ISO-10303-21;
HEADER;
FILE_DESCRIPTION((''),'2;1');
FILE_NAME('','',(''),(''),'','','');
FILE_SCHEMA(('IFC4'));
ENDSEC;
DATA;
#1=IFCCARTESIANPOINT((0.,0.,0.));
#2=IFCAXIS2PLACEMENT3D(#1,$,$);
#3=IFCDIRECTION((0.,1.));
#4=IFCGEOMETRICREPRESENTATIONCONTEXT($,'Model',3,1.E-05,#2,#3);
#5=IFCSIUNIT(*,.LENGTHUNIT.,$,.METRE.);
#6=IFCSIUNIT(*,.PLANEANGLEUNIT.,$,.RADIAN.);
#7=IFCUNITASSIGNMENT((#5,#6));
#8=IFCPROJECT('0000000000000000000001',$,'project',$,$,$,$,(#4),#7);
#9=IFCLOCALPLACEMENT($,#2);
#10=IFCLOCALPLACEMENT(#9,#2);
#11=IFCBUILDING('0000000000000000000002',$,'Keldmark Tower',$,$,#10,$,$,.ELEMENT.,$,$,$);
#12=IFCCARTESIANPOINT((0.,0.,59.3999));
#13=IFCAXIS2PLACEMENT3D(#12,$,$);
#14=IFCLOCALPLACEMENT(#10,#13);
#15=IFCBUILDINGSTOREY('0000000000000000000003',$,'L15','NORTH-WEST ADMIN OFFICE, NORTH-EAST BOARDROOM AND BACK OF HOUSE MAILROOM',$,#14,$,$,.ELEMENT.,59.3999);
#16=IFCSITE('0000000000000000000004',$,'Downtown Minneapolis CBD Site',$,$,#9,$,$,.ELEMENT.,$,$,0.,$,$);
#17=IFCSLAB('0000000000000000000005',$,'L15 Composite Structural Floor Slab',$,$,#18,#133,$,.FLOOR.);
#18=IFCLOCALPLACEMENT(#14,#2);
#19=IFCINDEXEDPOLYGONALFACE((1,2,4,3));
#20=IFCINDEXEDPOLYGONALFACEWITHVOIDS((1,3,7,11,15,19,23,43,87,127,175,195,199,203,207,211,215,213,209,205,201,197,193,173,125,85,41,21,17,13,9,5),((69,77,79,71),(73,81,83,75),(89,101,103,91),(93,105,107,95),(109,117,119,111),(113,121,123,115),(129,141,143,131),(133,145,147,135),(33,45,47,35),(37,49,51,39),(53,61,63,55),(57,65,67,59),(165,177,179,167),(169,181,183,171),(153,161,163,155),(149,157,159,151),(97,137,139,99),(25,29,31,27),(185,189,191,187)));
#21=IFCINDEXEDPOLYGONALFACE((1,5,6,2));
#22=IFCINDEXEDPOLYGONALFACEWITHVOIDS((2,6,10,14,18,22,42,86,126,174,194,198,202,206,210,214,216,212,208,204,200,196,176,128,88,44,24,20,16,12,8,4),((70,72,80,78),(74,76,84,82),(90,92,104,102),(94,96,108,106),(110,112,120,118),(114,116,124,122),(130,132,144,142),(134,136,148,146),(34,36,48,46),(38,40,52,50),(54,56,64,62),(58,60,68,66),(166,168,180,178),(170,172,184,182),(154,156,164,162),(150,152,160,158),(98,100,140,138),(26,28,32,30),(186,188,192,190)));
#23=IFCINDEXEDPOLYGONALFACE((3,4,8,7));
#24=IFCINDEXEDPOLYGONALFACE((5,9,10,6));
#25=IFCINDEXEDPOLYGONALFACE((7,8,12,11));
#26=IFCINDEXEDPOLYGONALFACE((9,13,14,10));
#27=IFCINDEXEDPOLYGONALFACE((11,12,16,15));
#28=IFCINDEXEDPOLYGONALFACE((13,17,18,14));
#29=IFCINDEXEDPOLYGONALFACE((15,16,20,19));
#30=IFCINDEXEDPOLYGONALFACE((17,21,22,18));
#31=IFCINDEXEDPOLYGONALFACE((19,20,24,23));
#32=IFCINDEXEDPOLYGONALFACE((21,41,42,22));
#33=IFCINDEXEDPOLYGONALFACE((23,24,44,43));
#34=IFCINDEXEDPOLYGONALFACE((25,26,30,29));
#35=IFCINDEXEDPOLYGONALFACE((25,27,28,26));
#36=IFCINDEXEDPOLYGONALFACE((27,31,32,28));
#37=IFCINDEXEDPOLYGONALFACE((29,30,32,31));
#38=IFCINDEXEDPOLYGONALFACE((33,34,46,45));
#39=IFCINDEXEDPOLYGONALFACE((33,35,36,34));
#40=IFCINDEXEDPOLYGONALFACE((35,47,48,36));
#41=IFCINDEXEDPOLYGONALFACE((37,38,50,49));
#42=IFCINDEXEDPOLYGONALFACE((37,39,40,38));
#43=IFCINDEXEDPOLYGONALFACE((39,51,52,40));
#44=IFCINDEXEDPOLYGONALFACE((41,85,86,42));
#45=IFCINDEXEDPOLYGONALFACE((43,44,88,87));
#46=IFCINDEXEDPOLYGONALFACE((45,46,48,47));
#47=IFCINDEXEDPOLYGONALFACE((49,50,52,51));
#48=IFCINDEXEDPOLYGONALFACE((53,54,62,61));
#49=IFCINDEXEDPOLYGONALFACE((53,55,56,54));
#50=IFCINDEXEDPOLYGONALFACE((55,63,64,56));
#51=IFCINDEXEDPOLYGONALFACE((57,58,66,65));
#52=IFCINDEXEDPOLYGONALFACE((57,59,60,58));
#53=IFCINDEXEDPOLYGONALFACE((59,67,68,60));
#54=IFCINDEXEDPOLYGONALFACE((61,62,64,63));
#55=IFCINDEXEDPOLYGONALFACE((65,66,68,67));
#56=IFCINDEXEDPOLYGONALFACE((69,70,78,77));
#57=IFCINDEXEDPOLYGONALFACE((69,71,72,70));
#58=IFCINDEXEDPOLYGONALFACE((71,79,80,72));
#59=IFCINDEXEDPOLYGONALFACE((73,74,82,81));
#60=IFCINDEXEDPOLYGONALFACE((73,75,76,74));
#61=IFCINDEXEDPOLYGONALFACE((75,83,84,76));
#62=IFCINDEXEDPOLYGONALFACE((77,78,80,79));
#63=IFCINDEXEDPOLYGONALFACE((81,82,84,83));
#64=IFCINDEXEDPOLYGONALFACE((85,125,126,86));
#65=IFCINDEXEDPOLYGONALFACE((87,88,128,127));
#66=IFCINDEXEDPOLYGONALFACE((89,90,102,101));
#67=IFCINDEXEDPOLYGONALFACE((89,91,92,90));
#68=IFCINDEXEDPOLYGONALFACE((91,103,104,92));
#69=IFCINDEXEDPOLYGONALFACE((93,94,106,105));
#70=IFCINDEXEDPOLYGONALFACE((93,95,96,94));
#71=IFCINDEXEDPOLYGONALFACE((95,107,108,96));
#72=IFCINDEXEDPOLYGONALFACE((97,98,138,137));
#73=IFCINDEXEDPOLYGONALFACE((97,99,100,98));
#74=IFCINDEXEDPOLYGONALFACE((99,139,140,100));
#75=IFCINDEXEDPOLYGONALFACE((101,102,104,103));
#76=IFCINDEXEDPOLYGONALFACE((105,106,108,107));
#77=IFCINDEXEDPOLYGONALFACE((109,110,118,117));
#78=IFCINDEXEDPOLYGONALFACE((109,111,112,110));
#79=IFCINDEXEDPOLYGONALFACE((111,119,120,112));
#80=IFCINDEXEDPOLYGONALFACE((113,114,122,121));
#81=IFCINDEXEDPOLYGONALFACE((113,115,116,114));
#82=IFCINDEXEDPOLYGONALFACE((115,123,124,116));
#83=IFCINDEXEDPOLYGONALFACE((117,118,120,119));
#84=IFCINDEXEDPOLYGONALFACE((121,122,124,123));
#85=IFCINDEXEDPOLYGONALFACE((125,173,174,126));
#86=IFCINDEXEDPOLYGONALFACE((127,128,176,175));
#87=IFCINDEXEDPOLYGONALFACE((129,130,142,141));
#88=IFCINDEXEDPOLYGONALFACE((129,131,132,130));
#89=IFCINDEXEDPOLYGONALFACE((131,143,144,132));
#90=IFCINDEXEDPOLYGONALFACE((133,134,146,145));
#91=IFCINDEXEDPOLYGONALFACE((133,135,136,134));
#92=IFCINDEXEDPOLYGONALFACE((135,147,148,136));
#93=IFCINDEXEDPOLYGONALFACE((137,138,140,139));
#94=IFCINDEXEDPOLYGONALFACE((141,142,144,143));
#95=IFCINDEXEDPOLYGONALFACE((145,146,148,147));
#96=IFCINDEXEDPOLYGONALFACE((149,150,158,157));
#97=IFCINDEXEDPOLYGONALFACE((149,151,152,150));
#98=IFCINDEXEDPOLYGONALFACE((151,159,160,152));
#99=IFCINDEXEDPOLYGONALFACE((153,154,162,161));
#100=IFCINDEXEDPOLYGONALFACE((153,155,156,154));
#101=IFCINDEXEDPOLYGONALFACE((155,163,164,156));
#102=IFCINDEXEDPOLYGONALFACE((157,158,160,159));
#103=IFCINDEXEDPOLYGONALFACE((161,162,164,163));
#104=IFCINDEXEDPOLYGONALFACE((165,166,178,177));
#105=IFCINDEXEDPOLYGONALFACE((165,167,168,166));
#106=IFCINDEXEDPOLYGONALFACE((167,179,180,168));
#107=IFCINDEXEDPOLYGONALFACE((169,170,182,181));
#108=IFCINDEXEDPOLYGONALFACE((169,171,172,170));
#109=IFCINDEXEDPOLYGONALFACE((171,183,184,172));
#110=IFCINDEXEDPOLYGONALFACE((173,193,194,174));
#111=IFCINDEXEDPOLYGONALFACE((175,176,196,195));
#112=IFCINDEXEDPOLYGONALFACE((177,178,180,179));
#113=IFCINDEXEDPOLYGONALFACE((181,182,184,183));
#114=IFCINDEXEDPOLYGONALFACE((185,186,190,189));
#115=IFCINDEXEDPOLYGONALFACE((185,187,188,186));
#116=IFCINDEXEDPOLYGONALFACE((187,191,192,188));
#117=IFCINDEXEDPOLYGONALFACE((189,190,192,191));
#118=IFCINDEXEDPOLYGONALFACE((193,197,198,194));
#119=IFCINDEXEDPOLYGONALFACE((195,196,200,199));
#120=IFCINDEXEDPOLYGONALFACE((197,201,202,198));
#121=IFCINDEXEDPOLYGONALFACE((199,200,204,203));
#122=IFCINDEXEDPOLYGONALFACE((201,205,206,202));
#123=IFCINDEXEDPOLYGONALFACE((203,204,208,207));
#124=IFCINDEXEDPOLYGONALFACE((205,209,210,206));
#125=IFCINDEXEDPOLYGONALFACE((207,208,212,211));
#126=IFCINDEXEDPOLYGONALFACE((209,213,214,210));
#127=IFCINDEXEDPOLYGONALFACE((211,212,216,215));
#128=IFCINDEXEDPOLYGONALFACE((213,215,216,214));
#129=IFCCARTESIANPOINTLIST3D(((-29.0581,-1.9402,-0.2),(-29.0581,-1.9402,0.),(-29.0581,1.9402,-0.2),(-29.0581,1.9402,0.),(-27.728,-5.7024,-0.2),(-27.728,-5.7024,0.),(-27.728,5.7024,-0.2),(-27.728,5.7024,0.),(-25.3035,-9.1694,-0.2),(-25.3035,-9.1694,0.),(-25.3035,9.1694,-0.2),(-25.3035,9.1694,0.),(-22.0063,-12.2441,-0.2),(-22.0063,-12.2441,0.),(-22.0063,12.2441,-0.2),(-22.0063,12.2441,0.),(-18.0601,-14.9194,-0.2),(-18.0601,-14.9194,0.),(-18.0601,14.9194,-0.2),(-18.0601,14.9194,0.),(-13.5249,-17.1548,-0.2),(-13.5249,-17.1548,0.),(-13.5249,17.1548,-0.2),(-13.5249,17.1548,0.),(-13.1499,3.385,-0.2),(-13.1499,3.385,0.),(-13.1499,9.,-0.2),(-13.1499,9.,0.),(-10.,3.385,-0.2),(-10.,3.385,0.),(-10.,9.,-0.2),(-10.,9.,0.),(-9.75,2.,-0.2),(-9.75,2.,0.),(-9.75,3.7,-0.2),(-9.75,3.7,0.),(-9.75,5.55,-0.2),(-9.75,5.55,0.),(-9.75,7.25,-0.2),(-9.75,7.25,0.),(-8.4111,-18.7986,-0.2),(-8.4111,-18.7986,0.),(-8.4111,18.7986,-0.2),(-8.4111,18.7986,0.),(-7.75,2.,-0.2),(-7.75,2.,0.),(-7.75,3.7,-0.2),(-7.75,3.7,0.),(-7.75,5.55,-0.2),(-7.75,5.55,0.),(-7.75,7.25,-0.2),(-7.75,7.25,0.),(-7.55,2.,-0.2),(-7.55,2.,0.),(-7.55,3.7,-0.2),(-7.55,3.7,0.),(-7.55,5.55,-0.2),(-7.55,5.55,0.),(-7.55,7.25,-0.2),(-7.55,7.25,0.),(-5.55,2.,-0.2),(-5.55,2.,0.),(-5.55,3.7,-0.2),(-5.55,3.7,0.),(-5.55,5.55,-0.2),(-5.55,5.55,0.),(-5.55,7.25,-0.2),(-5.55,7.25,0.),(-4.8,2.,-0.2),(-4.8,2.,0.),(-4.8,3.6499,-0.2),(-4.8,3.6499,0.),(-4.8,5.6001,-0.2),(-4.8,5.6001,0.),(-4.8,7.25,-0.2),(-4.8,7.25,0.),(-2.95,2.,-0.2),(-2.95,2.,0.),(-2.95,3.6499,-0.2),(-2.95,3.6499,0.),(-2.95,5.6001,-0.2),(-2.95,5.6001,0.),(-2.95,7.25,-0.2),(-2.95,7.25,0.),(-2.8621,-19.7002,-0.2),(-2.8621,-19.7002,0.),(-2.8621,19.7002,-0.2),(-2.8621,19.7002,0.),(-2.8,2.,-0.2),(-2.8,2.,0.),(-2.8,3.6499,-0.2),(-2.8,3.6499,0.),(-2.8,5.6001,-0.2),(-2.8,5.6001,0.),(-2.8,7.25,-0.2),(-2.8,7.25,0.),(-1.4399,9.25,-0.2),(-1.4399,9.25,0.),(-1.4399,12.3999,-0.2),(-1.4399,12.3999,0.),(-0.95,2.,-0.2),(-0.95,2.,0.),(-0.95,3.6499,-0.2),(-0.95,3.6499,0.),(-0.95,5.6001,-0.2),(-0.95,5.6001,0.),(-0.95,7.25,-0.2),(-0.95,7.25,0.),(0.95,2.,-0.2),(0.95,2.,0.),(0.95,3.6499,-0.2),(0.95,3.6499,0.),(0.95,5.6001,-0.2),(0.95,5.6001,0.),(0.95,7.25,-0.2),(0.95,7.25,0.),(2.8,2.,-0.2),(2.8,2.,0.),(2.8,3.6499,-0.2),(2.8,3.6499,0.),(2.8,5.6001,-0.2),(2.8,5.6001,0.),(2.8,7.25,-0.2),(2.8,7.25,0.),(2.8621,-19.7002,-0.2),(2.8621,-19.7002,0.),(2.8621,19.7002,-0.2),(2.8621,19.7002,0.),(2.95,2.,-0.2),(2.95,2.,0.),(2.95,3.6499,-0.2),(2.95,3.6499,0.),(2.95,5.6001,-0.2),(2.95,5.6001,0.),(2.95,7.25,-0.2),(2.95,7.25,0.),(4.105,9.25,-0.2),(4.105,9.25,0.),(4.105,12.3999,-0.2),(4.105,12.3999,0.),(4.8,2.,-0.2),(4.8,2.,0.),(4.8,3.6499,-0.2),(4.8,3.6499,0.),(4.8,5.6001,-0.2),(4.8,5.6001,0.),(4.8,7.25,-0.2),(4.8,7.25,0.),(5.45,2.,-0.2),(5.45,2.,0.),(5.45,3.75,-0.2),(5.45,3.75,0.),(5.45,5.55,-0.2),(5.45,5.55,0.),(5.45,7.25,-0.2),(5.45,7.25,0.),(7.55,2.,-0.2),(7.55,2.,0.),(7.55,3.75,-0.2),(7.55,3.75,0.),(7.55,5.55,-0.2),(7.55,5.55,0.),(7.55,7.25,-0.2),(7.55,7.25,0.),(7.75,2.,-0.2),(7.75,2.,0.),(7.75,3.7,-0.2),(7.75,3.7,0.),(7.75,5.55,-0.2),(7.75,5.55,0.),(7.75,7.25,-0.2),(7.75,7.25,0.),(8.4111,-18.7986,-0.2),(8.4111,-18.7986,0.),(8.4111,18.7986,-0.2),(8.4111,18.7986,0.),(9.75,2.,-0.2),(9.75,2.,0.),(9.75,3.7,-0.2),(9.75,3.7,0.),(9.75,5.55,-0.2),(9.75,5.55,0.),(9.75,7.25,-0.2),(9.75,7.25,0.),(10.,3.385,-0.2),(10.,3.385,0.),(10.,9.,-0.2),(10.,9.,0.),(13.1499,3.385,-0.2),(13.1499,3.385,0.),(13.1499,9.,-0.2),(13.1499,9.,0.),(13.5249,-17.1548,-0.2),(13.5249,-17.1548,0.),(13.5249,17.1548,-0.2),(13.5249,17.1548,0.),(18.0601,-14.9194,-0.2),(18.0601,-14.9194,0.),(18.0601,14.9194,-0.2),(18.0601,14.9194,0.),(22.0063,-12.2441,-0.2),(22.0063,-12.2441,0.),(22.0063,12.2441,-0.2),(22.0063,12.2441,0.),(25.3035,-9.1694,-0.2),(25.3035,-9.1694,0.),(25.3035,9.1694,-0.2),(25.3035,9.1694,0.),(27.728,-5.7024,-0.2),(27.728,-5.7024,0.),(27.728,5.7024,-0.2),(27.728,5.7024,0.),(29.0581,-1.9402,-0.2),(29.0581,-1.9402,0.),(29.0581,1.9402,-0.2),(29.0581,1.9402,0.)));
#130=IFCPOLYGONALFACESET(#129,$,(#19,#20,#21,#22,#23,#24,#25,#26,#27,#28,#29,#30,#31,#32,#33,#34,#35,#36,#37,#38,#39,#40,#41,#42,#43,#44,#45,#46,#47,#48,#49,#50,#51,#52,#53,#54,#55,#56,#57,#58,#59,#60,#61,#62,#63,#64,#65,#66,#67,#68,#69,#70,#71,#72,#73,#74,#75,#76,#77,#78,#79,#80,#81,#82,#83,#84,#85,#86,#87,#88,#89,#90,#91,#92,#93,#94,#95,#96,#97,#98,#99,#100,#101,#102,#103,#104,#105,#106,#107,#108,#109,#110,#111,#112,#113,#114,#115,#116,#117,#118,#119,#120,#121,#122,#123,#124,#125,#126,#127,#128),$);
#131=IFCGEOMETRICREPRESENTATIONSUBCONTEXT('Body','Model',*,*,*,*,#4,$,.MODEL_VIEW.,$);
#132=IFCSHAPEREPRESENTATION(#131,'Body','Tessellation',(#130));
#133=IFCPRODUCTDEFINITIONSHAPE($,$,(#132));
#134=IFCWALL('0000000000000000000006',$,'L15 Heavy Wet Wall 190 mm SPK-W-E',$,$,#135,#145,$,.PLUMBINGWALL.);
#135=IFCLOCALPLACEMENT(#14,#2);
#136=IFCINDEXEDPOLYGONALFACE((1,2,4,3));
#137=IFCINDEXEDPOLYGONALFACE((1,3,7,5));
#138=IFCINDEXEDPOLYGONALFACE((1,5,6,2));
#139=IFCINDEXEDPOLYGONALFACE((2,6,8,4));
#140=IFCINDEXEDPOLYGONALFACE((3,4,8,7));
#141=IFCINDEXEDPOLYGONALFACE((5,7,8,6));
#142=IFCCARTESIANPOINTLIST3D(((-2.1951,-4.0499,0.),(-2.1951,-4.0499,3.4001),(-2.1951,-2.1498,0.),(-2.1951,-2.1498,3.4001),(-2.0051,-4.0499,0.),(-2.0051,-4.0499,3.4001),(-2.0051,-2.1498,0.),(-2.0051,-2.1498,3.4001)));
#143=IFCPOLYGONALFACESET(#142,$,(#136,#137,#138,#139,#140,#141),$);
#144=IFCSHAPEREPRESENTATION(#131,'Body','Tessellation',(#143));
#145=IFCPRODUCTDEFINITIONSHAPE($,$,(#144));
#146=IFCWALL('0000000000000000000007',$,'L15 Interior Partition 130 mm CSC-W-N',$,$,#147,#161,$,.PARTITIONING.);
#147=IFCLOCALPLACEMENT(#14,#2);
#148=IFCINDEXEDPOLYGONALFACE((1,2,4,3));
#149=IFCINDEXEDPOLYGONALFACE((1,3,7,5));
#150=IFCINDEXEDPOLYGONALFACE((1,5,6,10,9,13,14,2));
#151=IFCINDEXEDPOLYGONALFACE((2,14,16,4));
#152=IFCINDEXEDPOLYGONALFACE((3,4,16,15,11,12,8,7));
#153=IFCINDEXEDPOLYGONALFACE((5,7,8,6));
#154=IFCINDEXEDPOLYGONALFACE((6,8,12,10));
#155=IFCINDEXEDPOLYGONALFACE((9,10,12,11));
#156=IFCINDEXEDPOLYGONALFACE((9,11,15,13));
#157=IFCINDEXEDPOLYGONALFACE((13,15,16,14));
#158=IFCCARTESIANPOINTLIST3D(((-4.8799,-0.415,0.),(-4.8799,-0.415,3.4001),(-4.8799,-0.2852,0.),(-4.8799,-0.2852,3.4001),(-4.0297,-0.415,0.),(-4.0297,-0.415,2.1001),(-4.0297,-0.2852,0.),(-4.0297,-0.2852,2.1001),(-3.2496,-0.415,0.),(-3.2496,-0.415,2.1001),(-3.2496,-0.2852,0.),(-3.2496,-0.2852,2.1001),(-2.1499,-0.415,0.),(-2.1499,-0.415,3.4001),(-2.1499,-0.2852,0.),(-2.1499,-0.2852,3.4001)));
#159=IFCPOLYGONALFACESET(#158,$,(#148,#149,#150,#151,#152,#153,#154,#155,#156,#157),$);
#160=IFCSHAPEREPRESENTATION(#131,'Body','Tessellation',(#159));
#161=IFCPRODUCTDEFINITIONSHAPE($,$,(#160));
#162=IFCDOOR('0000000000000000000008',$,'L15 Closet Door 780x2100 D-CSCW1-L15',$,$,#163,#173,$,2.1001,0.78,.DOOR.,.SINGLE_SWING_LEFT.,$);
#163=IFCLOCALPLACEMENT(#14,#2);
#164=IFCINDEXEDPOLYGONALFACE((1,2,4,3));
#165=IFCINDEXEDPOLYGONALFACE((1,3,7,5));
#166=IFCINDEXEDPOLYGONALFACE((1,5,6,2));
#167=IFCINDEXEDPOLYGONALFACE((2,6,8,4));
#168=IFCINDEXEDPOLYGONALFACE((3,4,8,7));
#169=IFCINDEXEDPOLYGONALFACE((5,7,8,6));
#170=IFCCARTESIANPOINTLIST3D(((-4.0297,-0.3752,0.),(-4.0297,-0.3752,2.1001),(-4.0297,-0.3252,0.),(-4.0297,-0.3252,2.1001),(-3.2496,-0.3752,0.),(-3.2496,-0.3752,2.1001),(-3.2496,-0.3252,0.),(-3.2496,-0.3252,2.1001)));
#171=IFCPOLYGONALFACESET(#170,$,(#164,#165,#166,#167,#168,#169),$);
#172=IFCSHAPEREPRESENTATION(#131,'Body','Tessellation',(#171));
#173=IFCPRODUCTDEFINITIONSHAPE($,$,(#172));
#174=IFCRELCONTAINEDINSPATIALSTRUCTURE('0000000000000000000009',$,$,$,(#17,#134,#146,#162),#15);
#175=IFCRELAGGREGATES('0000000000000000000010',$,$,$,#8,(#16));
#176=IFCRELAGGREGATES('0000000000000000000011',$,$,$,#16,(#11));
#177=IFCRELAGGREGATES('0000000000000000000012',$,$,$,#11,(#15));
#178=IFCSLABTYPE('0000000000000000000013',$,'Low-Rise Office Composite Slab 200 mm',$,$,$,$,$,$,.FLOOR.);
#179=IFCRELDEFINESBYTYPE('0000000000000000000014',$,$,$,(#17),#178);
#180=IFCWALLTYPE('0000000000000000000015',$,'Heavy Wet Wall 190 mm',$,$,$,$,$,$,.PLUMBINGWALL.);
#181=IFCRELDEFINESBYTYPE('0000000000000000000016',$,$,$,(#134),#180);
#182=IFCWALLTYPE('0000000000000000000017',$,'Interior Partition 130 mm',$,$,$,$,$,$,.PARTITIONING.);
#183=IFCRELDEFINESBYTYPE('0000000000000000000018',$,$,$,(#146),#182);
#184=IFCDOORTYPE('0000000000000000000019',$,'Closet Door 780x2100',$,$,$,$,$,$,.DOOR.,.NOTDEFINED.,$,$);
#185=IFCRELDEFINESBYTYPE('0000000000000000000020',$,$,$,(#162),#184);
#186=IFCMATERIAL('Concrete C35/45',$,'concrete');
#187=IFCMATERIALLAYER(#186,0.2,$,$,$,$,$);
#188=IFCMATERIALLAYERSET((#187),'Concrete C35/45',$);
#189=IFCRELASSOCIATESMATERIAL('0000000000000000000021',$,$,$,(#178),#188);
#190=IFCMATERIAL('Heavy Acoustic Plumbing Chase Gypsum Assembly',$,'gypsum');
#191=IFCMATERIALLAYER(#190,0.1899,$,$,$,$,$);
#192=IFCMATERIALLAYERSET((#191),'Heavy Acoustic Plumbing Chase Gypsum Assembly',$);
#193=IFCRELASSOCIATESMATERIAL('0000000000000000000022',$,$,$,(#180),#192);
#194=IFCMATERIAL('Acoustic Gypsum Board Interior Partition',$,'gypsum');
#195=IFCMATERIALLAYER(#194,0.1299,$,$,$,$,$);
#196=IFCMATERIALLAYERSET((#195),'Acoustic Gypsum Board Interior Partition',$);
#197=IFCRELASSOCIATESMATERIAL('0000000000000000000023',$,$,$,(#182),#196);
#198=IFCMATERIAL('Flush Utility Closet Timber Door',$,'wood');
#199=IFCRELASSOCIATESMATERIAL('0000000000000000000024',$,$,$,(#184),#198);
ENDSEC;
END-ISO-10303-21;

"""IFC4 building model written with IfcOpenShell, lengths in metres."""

from ifc_helpers import new_model, si_unit, direction, frame, frame_2d, origin, place, context, subcontext, project, spatial, polyline, rectangle, outline, extrude, material, layer, layer_set, type_object, element, fill, save


model = new_model("IFC4")

# Units and contexts
model_context = context("Model", 3, precision=1e-05, world=origin(), true_north=direction((0.0, 1.0)))
body_context = subcontext(model_context, "Body", "Model", "MODEL_VIEW")
ifc_project = project(units=[si_unit("LENGTHUNIT", "METRE"), si_unit("PLANEANGLEUNIT", "RADIAN")], contexts=[model_context])

# Site, building, storey
site_placement = place(None, origin())
site = spatial("IfcSite", under=ifc_project, at=site_placement, Name="Downtown Minneapolis CBD Site", CompositionType="ELEMENT", RefElevation=0.0)
building_placement = place(site_placement, origin())
building = spatial("IfcBuilding", under=site, at=building_placement, Name="Keldmark Tower", CompositionType="ELEMENT")
storey_placement = place(building_placement, frame((0.0, 0.0, 59.3999)))
storey = spatial("IfcBuildingStorey", under=building, at=storey_placement, Name="L15", Description="NORTH-WEST ADMIN OFFICE, NORTH-EAST BOARDROOM AND BACK OF HOUSE MAILROOM", CompositionType="ELEMENT", Elevation=59.3999)

# Slab
ifc_material_1 = material(Name="Concrete C35/45", Category="concrete")
ifc_layer_1 = layer(ifc_material_1, 0.2)
ifc_layer_set_1 = layer_set([ifc_layer_1], Name="Concrete C35/45")
slab_type = type_object("IfcSlabType", Name="Low-Rise Office Composite Slab 200 mm", PredefinedType="FLOOR", material=ifc_layer_set_1)
slab_placement = place(storey_placement, frame((0.0, 0.0, -0.2)))
element("IfcSlab", 1, at=slab_placement, inside=storey, type_object=slab_type, Name="L15 Composite Structural Floor Slab", PredefinedType="FLOOR", context=body_context, shape_type="SweptSolid", body=[
    extrude(outline(polyline([(29.0581, 1.9402), (27.728, 5.7024), (25.3035, 9.1694), (22.0063, 12.2441), (18.0601, 14.9194), (13.5249, 17.1548), (8.4111, 18.7986), (2.8621, 19.7002), (-2.8621, 19.7002), (-8.4111, 18.7986), (-13.5249, 17.1548), (-18.0601, 14.9194), (-22.0063, 12.2441), (-25.3035, 9.1694), (-27.728, 5.7024), (-29.0581, 1.9402), (-29.0581, -1.9402), (-27.728, -5.7024), (-25.3035, -9.1694), (-22.0063, -12.2441), (-18.0601, -14.9194), (-13.5249, -17.1548), (-8.4111, -18.7986), (-2.8621, -19.7002), (2.8621, -19.7002), (8.4111, -18.7986), (13.5249, -17.1548), (18.0601, -14.9194), (22.0063, -12.2441), (25.3035, -9.1694), (27.728, -5.7024), (29.0581, -1.9402), (29.0581, 1.9402)]), holes=[polyline([(-10.0, 3.385), (-10.0, 9.0), (-13.1499, 9.0), (-13.1499, 3.385), (-10.0, 3.385)]), polyline([(13.1499, 3.385), (13.1499, 9.0), (10.0, 9.0), (10.0, 3.385), (13.1499, 3.385)]), polyline([(-1.4399, 9.25), (4.105, 9.25), (4.105, 12.3999), (-1.4399, 12.3999), (-1.4399, 9.25)]), polyline([(-9.75, 2.0), (-7.75, 2.0), (-7.75, 3.7), (-9.75, 3.7), (-9.75, 2.0)]), polyline([(7.75, 2.0), (9.75, 2.0), (9.75, 3.7), (7.75, 3.7), (7.75, 2.0)]), polyline([(5.45, 2.0), (7.55, 2.0), (7.55, 3.75), (5.45, 3.75), (5.45, 2.0)]), polyline([(-4.8, 2.0), (-2.95, 2.0), (-2.95, 3.6499), (-4.8, 3.6499), (-4.8, 2.0)]), polyline([(-2.8, 2.0), (-0.95, 2.0), (-0.95, 3.6499), (-2.8, 3.6499), (-2.8, 2.0)]), polyline([(0.95, 2.0), (2.8, 2.0), (2.8, 3.6499), (0.95, 3.6499), (0.95, 2.0)]), polyline([(2.95, 2.0), (4.8, 2.0), (4.8, 3.6499), (2.95, 3.6499), (2.95, 2.0)]), polyline([(-4.8, 5.6001), (-2.95, 5.6001), (-2.95, 7.25), (-4.8, 7.25), (-4.8, 5.6001)]), polyline([(-2.8, 5.6001), (-0.95, 5.6001), (-0.95, 7.25), (-2.8, 7.25), (-2.8, 5.6001)]), polyline([(0.95, 5.6001), (2.8, 5.6001), (2.8, 7.25), (0.95, 7.25), (0.95, 5.6001)]), polyline([(2.95, 5.6001), (4.8, 5.6001), (4.8, 7.25), (2.95, 7.25), (2.95, 5.6001)]), polyline([(-9.75, 5.55), (-7.75, 5.55), (-7.75, 7.25), (-9.75, 7.25), (-9.75, 5.55)]), polyline([(-7.55, 5.55), (-5.55, 5.55), (-5.55, 7.25), (-7.55, 7.25), (-7.55, 5.55)]), polyline([(-7.55, 2.0), (-5.55, 2.0), (-5.55, 3.7), (-7.55, 3.7), (-7.55, 2.0)]), polyline([(5.45, 5.55), (7.55, 5.55), (7.55, 7.25), (5.45, 7.25), (5.45, 5.55)]), polyline([(7.75, 5.55), (9.75, 5.55), (9.75, 7.25), (7.75, 7.25), (7.75, 5.55)])]), origin(), (0.0, 0.0, 1.0), 0.2),
])

# Wall
ifc_material_2 = material(Name="Heavy Acoustic Plumbing Chase Gypsum Assembly", Category="gypsum")
ifc_layer_2 = layer(ifc_material_2, 0.1899)
ifc_layer_set_2 = layer_set([ifc_layer_2], Name="Heavy Acoustic Plumbing Chase Gypsum Assembly")
wall_type_1 = type_object("IfcWallType", Name="Heavy Wet Wall 190 mm", PredefinedType="PLUMBINGWALL", material=ifc_layer_set_2)
wall_1_placement = place(storey_placement, frame((-2.1001, -4.05, 0.0), z_axis=(0.0, 0.0, 1.0), x_axis=(0.0, 1.0, 0.0)))
element("IfcWall", 2, at=wall_1_placement, inside=storey, type_object=wall_type_1, Name="L15 Heavy Wet Wall 190 mm SPK-W-E", PredefinedType="PLUMBINGWALL", context=body_context, shape_type="SweptSolid", body=[
    extrude(rectangle(XDim=1.9001, YDim=0.1899, at=frame_2d((0.9502, 0.0))), origin(), (0.0, 0.0, 1.0), 3.4001),
])

# Wall, opening, door
ifc_material_3 = material(Name="Acoustic Gypsum Board Interior Partition", Category="gypsum")
ifc_layer_3 = layer(ifc_material_3, 0.1299)
ifc_layer_set_3 = layer_set([ifc_layer_3], Name="Acoustic Gypsum Board Interior Partition")
wall_type_2 = type_object("IfcWallType", Name="Interior Partition 130 mm", PredefinedType="PARTITIONING", material=ifc_layer_set_3)
wall_2_placement = place(storey_placement, frame((-4.8799, -0.3501, 0.0), z_axis=(0.0, 0.0, 1.0), x_axis=(1.0, 0.0, 0.0)))
wall_2 = element("IfcWall", 3, at=wall_2_placement, inside=storey, type_object=wall_type_2, Name="L15 Interior Partition 130 mm CSC-W-N", PredefinedType="PARTITIONING", context=body_context, shape_type="SweptSolid", body=[
    extrude(rectangle(XDim=2.73, YDim=0.1299, at=frame_2d((1.365, 0.0))), origin(), (0.0, 0.0, 1.0), 3.4001),
])
opening_1_placement = place(wall_2_placement, frame((0.8501, 0.0, 0.0)))
opening_1 = element("IfcOpeningElement", 4, at=opening_1_placement, cuts=wall_2, PredefinedType="OPENING", context=body_context, shape_type="SweptSolid", body=[
    extrude(rectangle(XDim=0.78, YDim=2.1001, at=frame_2d((0.3901, 1.05))), frame((0.0, 0.075, 0.0), z_axis=(0.0, -1.0, 0.0), x_axis=(1.0, 0.0, 0.0)), (0.0, 0.0, 1.0), 0.1499),
])
ifc_material_4 = material(Name="Flush Utility Closet Timber Door", Category="wood")
door_type_1 = type_object("IfcDoorType", Name="Closet Door 780x2100", OperationType="NOTDEFINED", PredefinedType="DOOR", material=ifc_material_4)
door_1_placement = place(opening_1_placement, origin())
door_1 = element("IfcDoor", 5, at=door_1_placement, inside=storey, type_object=door_type_1, Name="L15 Closet Door 780x2100 D-CSCW1-L15", OperationType="SINGLE_SWING_LEFT", OverallHeight=2.1001, OverallWidth=0.78, PredefinedType="DOOR", context=body_context, shape_type="SweptSolid", body=[
    extrude(rectangle(XDim=0.78, YDim=2.1001, at=frame_2d((0.3901, 1.05))), frame((0.0, 0.0249, 0.0), z_axis=(0.0, -1.0, 0.0), x_axis=(1.0, 0.0, 0.0)), (0.0, 0.0, 1.0), 0.05),
])
fill(opening_1, door_1)

save(model, "model.ifc")
